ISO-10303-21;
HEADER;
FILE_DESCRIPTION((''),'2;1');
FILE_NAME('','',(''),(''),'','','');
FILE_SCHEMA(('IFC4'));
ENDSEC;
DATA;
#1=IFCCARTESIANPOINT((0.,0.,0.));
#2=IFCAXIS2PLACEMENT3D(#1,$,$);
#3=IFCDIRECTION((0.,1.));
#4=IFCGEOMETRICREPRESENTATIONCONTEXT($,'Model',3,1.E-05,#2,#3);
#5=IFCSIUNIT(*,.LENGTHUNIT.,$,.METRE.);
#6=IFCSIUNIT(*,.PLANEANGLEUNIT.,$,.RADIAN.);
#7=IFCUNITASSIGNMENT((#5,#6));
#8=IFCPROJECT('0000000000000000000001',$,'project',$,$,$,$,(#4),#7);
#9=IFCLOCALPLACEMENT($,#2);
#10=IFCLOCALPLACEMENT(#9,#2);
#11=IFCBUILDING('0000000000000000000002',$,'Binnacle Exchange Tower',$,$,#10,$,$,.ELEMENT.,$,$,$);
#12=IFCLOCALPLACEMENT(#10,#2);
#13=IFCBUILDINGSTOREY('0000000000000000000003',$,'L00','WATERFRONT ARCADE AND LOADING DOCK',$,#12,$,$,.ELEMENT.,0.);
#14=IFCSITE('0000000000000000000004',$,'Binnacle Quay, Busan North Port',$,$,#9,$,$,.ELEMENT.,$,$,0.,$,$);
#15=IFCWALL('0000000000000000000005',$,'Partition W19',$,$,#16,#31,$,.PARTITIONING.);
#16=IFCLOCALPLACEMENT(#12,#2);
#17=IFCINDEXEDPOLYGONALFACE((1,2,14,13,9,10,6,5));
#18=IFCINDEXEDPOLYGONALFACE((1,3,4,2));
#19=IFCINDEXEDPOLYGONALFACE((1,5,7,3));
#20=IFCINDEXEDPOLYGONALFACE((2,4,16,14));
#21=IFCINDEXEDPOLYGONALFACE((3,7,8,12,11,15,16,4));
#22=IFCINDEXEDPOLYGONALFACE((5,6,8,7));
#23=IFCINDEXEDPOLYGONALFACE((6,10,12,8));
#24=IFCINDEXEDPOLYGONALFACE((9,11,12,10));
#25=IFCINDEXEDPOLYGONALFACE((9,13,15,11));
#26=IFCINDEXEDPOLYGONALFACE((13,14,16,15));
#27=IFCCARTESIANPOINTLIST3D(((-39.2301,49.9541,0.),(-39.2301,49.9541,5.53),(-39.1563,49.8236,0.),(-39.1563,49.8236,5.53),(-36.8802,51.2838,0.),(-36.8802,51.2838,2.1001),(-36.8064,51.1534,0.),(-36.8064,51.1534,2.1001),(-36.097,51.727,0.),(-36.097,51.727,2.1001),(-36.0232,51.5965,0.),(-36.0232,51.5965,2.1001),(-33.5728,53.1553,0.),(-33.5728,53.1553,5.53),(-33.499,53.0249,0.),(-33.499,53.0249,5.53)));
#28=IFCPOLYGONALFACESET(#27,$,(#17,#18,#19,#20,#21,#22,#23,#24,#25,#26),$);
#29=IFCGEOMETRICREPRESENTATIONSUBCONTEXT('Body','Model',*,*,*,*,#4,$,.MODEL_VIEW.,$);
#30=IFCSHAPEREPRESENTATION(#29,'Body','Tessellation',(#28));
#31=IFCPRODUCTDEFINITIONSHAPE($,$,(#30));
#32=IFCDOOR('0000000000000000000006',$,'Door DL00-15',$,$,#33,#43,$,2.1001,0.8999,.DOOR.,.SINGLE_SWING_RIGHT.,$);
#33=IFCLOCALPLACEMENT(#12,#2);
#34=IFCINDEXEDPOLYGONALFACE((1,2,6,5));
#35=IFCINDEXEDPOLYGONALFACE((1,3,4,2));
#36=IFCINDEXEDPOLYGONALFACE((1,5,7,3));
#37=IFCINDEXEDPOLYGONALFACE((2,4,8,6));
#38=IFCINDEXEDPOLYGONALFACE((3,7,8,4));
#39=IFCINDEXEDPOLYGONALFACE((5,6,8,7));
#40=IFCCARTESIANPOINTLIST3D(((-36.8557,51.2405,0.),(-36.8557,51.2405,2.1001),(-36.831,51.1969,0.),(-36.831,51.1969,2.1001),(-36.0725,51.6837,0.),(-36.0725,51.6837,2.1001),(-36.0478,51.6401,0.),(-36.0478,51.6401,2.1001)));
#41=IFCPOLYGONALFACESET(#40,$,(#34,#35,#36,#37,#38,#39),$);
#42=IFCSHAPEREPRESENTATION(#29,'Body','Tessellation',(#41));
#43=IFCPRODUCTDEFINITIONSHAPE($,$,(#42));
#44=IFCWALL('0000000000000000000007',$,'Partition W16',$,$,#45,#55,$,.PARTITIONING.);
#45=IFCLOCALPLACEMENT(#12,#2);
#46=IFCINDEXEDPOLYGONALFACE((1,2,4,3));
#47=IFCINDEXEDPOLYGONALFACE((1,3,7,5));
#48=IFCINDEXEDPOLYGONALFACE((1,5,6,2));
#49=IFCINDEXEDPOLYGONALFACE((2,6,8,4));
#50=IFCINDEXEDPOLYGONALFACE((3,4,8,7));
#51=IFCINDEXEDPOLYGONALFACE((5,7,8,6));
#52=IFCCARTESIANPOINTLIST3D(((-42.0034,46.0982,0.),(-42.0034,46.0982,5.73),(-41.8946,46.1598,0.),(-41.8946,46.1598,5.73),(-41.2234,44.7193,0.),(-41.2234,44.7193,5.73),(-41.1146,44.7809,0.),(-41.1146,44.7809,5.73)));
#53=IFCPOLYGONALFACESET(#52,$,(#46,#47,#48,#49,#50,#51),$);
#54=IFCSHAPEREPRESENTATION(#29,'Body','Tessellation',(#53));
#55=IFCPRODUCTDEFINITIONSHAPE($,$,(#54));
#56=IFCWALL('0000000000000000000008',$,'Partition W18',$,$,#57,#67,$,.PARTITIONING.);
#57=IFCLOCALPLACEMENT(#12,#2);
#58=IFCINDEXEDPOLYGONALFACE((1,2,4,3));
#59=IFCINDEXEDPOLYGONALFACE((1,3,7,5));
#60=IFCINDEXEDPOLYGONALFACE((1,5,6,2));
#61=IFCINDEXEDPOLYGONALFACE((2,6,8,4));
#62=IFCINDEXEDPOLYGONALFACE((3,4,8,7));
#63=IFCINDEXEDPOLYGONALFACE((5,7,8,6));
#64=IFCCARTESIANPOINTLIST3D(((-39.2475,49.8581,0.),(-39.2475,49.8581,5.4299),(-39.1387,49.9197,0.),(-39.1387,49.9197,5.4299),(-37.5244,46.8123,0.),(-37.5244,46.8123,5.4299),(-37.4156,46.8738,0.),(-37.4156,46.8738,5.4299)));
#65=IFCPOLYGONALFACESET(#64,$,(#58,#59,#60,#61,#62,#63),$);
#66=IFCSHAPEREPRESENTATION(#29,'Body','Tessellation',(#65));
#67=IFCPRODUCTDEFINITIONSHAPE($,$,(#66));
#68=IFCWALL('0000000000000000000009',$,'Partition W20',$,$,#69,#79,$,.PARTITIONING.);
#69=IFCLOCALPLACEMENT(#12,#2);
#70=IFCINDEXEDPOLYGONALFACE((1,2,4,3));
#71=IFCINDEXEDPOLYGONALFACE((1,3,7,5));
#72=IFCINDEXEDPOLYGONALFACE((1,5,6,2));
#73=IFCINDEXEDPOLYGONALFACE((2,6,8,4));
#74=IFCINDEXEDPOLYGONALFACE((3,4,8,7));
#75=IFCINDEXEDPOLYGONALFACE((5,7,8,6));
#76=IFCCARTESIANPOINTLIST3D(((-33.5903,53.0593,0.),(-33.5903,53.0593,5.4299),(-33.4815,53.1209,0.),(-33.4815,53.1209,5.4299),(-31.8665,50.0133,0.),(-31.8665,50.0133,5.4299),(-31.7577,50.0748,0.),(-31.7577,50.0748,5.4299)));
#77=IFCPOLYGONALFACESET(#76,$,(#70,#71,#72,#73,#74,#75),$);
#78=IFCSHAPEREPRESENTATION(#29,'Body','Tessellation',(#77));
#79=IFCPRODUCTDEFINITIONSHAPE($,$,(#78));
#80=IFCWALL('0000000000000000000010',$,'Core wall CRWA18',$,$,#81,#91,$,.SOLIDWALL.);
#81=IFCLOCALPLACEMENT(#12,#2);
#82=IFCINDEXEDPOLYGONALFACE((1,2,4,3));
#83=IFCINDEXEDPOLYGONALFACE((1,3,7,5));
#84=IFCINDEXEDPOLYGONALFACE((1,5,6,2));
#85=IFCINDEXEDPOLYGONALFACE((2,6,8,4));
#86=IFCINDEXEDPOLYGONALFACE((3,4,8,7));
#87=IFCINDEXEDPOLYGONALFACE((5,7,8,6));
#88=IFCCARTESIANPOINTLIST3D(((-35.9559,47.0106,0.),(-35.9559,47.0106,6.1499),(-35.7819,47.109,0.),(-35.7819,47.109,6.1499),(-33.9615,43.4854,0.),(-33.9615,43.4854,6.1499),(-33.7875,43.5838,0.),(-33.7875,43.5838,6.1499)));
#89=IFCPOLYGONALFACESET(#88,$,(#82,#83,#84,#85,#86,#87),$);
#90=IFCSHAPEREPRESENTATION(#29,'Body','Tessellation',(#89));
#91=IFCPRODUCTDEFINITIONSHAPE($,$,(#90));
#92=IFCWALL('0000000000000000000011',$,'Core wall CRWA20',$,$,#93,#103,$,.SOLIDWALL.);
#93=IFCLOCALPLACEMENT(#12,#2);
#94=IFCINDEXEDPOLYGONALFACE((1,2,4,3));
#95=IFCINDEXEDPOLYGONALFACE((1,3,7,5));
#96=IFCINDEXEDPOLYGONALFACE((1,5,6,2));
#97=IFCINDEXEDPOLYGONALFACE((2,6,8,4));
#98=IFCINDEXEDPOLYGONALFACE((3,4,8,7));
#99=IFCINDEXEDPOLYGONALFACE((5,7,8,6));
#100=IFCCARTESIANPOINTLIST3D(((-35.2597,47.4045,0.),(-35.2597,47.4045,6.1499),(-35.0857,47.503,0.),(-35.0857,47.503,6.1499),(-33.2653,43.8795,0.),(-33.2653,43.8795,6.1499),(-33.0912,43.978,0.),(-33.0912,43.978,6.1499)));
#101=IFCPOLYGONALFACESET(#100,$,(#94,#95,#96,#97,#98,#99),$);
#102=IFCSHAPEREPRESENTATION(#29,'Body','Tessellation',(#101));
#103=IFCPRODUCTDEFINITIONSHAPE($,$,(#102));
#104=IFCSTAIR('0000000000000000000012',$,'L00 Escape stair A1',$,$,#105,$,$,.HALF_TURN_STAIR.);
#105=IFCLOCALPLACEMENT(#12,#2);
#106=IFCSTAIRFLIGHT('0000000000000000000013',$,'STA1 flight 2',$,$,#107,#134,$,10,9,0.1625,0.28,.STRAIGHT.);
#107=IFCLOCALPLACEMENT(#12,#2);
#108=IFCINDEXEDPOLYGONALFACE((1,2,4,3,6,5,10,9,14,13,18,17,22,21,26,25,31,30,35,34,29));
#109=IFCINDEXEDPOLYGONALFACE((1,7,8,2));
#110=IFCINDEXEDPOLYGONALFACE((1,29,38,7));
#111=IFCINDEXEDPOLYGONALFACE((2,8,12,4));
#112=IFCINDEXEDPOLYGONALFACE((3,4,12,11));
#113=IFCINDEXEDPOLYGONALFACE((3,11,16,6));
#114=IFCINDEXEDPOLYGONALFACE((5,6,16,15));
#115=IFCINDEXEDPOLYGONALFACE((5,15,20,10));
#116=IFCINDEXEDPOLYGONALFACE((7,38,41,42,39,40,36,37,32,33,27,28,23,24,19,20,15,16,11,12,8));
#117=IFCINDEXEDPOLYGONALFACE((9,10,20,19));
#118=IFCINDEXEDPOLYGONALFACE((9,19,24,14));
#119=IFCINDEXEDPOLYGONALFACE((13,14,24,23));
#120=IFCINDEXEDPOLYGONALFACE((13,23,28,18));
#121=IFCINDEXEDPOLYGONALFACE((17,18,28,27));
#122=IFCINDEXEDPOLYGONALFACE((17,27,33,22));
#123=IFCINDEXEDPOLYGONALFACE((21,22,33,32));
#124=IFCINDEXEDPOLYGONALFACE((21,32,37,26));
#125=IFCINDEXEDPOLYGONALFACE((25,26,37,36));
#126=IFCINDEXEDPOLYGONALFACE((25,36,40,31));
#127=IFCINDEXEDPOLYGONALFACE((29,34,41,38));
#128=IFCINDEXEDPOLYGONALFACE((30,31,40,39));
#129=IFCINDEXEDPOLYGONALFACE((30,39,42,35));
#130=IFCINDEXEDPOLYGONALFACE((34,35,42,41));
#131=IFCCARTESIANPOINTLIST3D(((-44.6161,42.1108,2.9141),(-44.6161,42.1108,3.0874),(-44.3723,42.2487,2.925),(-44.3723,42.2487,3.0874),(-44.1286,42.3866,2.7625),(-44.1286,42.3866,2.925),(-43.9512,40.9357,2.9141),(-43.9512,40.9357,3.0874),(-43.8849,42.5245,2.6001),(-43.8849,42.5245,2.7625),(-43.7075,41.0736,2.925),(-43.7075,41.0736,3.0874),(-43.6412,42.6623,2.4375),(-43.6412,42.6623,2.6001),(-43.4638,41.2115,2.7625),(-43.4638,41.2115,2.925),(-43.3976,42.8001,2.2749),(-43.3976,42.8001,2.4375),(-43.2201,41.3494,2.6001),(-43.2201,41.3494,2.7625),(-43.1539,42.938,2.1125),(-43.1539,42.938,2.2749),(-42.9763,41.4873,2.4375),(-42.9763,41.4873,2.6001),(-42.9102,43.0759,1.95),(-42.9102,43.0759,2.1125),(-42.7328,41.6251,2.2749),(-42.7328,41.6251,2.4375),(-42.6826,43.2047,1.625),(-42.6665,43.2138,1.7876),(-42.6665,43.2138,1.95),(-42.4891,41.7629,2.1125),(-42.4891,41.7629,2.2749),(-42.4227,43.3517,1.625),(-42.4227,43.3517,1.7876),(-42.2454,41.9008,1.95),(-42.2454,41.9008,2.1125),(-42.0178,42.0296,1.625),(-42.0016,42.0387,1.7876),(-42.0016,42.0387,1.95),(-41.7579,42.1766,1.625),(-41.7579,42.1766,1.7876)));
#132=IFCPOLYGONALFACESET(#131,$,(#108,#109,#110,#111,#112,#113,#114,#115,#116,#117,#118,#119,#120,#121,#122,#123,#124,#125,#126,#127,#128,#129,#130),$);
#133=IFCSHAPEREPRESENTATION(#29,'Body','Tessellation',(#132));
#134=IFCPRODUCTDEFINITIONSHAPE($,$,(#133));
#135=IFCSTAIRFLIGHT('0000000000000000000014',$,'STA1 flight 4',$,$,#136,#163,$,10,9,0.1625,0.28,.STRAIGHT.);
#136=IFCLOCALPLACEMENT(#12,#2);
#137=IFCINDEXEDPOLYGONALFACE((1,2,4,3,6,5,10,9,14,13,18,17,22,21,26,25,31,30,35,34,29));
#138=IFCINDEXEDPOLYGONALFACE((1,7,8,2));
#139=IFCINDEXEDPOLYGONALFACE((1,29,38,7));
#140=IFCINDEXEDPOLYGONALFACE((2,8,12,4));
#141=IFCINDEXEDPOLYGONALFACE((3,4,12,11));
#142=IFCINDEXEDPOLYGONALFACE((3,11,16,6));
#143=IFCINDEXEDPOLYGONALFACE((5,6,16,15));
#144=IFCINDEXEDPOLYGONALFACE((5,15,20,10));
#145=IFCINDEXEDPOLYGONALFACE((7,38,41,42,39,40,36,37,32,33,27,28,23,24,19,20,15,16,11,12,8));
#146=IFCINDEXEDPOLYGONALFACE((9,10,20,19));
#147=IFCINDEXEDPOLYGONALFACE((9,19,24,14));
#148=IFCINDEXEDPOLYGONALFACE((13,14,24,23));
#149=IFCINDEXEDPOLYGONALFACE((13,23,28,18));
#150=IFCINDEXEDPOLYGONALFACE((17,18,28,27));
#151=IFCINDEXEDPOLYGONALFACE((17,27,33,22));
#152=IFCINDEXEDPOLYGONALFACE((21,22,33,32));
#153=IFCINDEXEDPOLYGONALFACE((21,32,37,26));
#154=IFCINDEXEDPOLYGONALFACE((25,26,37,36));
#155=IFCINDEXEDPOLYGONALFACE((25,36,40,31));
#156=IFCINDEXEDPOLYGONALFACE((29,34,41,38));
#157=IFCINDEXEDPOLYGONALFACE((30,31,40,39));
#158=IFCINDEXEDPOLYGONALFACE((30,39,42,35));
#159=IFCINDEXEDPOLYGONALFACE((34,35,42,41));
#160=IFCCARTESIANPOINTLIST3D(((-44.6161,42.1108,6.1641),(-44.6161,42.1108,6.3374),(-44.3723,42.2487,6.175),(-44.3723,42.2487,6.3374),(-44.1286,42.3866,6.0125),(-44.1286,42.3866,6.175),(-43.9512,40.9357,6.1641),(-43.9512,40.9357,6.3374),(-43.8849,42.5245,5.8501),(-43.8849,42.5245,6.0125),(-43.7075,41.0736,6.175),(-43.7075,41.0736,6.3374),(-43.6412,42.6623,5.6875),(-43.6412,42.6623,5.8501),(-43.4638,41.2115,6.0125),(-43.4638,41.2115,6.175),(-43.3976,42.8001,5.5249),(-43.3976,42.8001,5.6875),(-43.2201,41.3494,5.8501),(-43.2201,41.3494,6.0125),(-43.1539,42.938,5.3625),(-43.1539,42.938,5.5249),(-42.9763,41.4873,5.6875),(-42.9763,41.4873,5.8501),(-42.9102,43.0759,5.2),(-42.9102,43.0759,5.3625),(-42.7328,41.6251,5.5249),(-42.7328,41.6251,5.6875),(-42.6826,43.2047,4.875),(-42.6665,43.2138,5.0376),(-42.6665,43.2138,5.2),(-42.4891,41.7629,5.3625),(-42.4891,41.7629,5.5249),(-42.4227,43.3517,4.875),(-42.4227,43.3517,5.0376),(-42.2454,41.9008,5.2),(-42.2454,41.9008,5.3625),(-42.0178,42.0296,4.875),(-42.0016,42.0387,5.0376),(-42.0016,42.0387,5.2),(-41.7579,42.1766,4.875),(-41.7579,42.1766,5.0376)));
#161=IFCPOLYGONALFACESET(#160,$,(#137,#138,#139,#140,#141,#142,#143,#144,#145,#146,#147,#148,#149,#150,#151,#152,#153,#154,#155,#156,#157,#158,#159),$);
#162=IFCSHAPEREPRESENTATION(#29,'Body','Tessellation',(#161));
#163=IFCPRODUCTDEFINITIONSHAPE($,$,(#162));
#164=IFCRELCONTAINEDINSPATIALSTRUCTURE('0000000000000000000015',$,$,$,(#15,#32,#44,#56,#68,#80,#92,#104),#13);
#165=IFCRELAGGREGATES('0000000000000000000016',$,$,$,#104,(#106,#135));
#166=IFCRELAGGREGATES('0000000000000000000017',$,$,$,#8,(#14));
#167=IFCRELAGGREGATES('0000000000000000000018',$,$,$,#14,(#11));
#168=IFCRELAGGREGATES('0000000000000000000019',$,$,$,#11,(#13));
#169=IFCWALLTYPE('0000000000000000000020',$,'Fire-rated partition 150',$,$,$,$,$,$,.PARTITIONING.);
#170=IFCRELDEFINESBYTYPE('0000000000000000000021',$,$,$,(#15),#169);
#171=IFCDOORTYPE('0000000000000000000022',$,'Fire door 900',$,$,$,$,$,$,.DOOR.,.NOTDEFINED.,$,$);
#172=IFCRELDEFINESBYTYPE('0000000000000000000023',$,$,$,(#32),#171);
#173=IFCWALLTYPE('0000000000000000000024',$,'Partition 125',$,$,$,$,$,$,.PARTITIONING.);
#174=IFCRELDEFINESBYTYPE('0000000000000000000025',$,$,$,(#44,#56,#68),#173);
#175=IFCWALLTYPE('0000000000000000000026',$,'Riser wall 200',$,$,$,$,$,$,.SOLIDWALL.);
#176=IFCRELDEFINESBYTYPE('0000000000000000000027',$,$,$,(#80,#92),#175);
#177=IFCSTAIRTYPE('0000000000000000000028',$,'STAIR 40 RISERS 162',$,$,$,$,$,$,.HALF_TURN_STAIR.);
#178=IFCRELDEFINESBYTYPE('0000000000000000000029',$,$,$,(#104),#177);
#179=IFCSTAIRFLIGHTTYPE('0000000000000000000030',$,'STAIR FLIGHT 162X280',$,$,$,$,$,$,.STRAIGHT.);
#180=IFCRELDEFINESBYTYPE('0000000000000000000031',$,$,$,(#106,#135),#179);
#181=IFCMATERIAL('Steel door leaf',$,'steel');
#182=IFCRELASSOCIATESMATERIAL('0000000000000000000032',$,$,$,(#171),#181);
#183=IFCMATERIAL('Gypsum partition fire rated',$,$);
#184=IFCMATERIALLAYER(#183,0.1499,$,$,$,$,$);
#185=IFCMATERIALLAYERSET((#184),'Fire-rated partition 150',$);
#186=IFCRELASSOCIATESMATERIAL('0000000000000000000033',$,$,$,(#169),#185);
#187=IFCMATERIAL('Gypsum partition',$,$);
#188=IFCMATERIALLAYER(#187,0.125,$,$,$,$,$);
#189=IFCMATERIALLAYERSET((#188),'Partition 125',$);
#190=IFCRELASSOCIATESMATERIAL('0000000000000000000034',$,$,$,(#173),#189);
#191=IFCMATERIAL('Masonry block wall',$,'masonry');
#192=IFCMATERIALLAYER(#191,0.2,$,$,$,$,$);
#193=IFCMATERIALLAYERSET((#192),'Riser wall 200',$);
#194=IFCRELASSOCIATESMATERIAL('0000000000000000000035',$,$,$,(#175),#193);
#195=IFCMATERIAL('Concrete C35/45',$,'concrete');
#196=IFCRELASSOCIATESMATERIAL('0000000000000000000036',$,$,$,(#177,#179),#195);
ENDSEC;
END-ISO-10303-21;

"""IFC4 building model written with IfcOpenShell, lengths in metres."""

from ifc_helpers import new_model, si_unit, direction, frame, frame_2d, origin, place, context, subcontext, project, spatial, polyline, rectangle, outline, extrude, material, layer, layer_set, type_object, element, fill, aggregate, save


model = new_model("IFC4")

# Units and contexts
model_context = context("Model", 3, precision=1e-05, world=origin(), true_north=direction((0.0, 1.0)))
body_context = subcontext(model_context, "Body", "Model", "MODEL_VIEW")
ifc_project = project(units=[si_unit("LENGTHUNIT", "METRE"), si_unit("PLANEANGLEUNIT", "RADIAN")], contexts=[model_context])

# Site, building, storey
site_placement = place(None, origin())
site = spatial("IfcSite", under=ifc_project, at=site_placement, Name="Binnacle Quay, Busan North Port", CompositionType="ELEMENT", RefElevation=0.0)
building_placement = place(site_placement, origin())
building = spatial("IfcBuilding", under=site, at=building_placement, Name="Binnacle Exchange Tower", CompositionType="ELEMENT")
storey_placement = place(building_placement, origin())
storey = spatial("IfcBuildingStorey", under=building, at=storey_placement, Name="L00", Description="WATERFRONT ARCADE AND LOADING DOCK", CompositionType="ELEMENT", Elevation=0.0)

# Shared definitions
ifc_material_1 = material(Name="Steel door leaf", Category="steel")
door_type_1 = type_object("IfcDoorType", Name="Fire door 900", OperationType="NOTDEFINED", PredefinedType="DOOR", material=ifc_material_1)

# Shared definitions
ifc_material_2 = material(Name="Gypsum partition fire rated")
ifc_layer_1 = layer(ifc_material_2, 0.1499)
ifc_layer_set_1 = layer_set([ifc_layer_1], Name="Fire-rated partition 150")
wall_type_1 = type_object("IfcWallType", Name="Fire-rated partition 150", PredefinedType="PARTITIONING", material=ifc_layer_set_1)

# Wall, opening, door
wall_1_placement = place(storey_placement, frame((-39.1931, 49.8889, 0.0), z_axis=(0.0, 0.0, 1.0), x_axis=(0.870325, 0.492478, 0.0)))
wall_1 = element("IfcWall", 1, at=wall_1_placement, inside=storey, type_object=wall_type_1, Name="Partition W19", PredefinedType="PARTITIONING", context=body_context, shape_type="SweptSolid", body=[
    extrude(rectangle(XDim=6.5002, YDim=0.1499, at=frame_2d((3.25, 0.0))), origin(), (0.0, 0.0, 1.0), 5.53),
])
opening_1_placement = place(wall_1_placement, frame((2.7, 0.0, 0.0)))
opening_1 = element("IfcOpeningElement", 2, at=opening_1_placement, cuts=wall_1, PredefinedType="OPENING", context=body_context, shape_type="SweptSolid", body=[
    extrude(rectangle(XDim=0.8999, YDim=2.1001, at=frame_2d((0.45, 1.05))), frame((0.0, 0.085, 0.0), z_axis=(0.0, -1.0, 0.0), x_axis=(1.0, 0.0, 0.0)), (0.0, 0.0, 1.0), 0.1699),
])
door_1_placement = place(opening_1_placement, frame((0.8999, 0.0, 0.0), z_axis=(0.0, 0.0, 1.0), x_axis=(-1.0, 0.0, 0.0)))
door_1 = element("IfcDoor", 3, at=door_1_placement, inside=storey, type_object=door_type_1, Name="Door DL00-15", OperationType="SINGLE_SWING_RIGHT", OverallHeight=2.1001, OverallWidth=0.8999, PredefinedType="DOOR", context=body_context, shape_type="SweptSolid", body=[
    extrude(rectangle(XDim=0.8999, YDim=2.1001, at=frame_2d((0.45, 1.05))), frame((0.0, 0.0249, 0.0), z_axis=(0.0, -1.0, 0.0), x_axis=(1.0, 0.0, 0.0)), (0.0, 0.0, 1.0), 0.05),
])
fill(opening_1, door_1)

# Walls
ifc_material_3 = material(Name="Gypsum partition")
ifc_layer_2 = layer(ifc_material_3, 0.125)
ifc_layer_set_2 = layer_set([ifc_layer_2], Name="Partition 125")
wall_type_2 = type_object("IfcWallType", Name="Partition 125", PredefinedType="PARTITIONING", material=ifc_layer_set_2)
wall_2_placement = place(storey_placement, frame((-41.949, 46.1289, 0.0), z_axis=(0.0, 0.0, 1.0), x_axis=(0.492367, -0.870388, 0.0)))
element("IfcWall", 4, at=wall_2_placement, inside=storey, type_object=wall_type_2, Name="Partition W16", PredefinedType="PARTITIONING", context=body_context, shape_type="SweptSolid", body=[
    extrude(rectangle(XDim=1.5842, YDim=0.125, at=frame_2d((0.792, 0.0))), origin(), (0.0, 0.0, 1.0), 5.73),
])
wall_3_placement = place(storey_placement, frame((-39.1931, 49.8889, 0.0), z_axis=(0.0, 0.0, 1.0), x_axis=(0.492393, -0.870373, 0.0)))
element("IfcWall", 5, at=wall_3_placement, inside=storey, type_object=wall_type_2, Name="Partition W18", PredefinedType="PARTITIONING", context=body_context, shape_type="SweptSolid", body=[
    extrude(rectangle(XDim=3.4995, YDim=0.125, at=frame_2d((1.7498, 0.0))), origin(), (0.0, 0.0, 1.0), 5.4299),
])
wall_4_placement = place(storey_placement, frame((-33.5359, 53.0901, 0.0), z_axis=(0.0, 0.0, 1.0), x_axis=(0.492521, -0.8703, 0.0)))
element("IfcWall", 6, at=wall_4_placement, inside=storey, type_object=wall_type_2, Name="Partition W20", PredefinedType="PARTITIONING", context=body_context, shape_type="SweptSolid", body=[
    extrude(rectangle(XDim=3.5, YDim=0.125, at=frame_2d((1.75, 0.0))), origin(), (0.0, 0.0, 1.0), 5.4299),
])
ifc_material_4 = material(Name="Masonry block wall", Category="masonry")
ifc_layer_3 = layer(ifc_material_4, 0.2)
ifc_layer_set_3 = layer_set([ifc_layer_3], Name="Riser wall 200")
wall_type_3 = type_object("IfcWallType", Name="Riser wall 200", PredefinedType="SOLIDWALL", material=ifc_layer_set_3)
wall_5_placement = place(storey_placement, frame((-35.8689, 47.0598, 0.0), z_axis=(0.0, 0.0, 1.0), x_axis=(0.492415, -0.870361, 0.0)))
element("IfcWall", 7, at=wall_5_placement, inside=storey, type_object=wall_type_3, Name="Core wall CRWA18", PredefinedType="SOLIDWALL", context=body_context, shape_type="SweptSolid", body=[
    extrude(rectangle(XDim=4.0503, YDim=0.2, at=frame_2d((2.0251, 0.0))), origin(), (0.0, 0.0, 1.0), 6.1499),
])
wall_6_placement = place(storey_placement, frame((-35.1726, 47.4536, 0.0), z_axis=(0.0, 0.0, 1.0), x_axis=(0.492441, -0.870346, 0.0)))
element("IfcWall", 8, at=wall_6_placement, inside=storey, type_object=wall_type_3, Name="Core wall CRWA20", PredefinedType="SOLIDWALL", context=body_context, shape_type="SweptSolid", body=[
    extrude(rectangle(XDim=4.05, YDim=0.2, at=frame_2d((2.0249, 0.0))), origin(), (0.0, 0.0, 1.0), 6.1499),
])

# Stair, stair flights
ifc_material_5 = material(Name="Concrete C35/45", Category="concrete")
stair_type = type_object("IfcStairType", Name="STAIR 40 RISERS 162", PredefinedType="HALF_TURN_STAIR", material=ifc_material_5)
stair_placement = place(storey_placement, origin())
stair = element("IfcStair", 9, at=stair_placement, inside=storey, type_object=stair_type, Name="L00 Escape stair A1", PredefinedType="HALF_TURN_STAIR")
stair_flight_type = type_object("IfcStairFlightType", Name="STAIR FLIGHT 162X280", PredefinedType="STRAIGHT", material=ifc_material_5)
stair_flight_1_placement = place(storey_placement, frame((-42.0903, 42.7642, 1.625), z_axis=(0.0, 0.0, 1.0), x_axis=(-0.870356, -0.492424, 0.0)))
stair_flight_1 = element("IfcStairFlight", 10, at=stair_flight_1_placement, type_object=stair_flight_type, Name="STA1 flight 2", NumberOfRisers=10, NumberOfTreads=9, PredefinedType="STRAIGHT", RiserHeight=0.1625, TreadLength=0.28, context=body_context, shape_type="SweptSolid", body=[
    extrude(outline(polyline([(0.0, 0.0), (0.0, 0.1626), (0.28, 0.1626), (0.28, 0.325), (0.5601, 0.325), (0.5601, 0.4875), (0.8401, 0.4875), (0.8401, 0.6499), (1.1201, 0.6499), (1.1201, 0.8125), (1.3999, 0.8125), (1.3999, 0.9751), (1.6799, 0.9751), (1.6799, 1.1375), (1.96, 1.1375), (1.96, 1.3), (2.24, 1.3), (2.24, 1.4624), (2.52, 1.4624), (2.52, 1.625), (2.52, 1.2891), (0.2986, 0.0), (0.0, 0.0)])), frame((0.0, 0.675, 0.0), z_axis=(0.0, -1.0, 0.0), x_axis=(1.0, 0.0, 0.0)), (0.0, 0.0, 1.0), 1.3501),
])
stair_flight_2_placement = place(storey_placement, frame((-42.0903, 42.7642, 4.875), z_axis=(0.0, 0.0, 1.0), x_axis=(-0.870356, -0.492424, 0.0)))
stair_flight_2 = element("IfcStairFlight", 11, at=stair_flight_2_placement, type_object=stair_flight_type, Name="STA1 flight 4", NumberOfRisers=10, NumberOfTreads=9, PredefinedType="STRAIGHT", RiserHeight=0.1625, TreadLength=0.28, context=body_context, shape_type="SweptSolid", body=[
    extrude(outline(polyline([(0.0, 0.0), (0.0, 0.1626), (0.28, 0.1626), (0.28, 0.325), (0.5601, 0.325), (0.5601, 0.4875), (0.8401, 0.4875), (0.8401, 0.6499), (1.1201, 0.6499), (1.1201, 0.8125), (1.3999, 0.8125), (1.3999, 0.9751), (1.6799, 0.9751), (1.6799, 1.1375), (1.96, 1.1375), (1.96, 1.3), (2.24, 1.3), (2.24, 1.4624), (2.52, 1.4624), (2.52, 1.625), (2.52, 1.2891), (0.2986, 0.0), (0.0, 0.0)])), frame((0.0, 0.675, 0.0), z_axis=(0.0, -1.0, 0.0), x_axis=(1.0, 0.0, 0.0)), (0.0, 0.0, 1.0), 1.3501),
])
aggregate(stair, [stair_flight_1, stair_flight_2])

save(model, "model.ifc")
